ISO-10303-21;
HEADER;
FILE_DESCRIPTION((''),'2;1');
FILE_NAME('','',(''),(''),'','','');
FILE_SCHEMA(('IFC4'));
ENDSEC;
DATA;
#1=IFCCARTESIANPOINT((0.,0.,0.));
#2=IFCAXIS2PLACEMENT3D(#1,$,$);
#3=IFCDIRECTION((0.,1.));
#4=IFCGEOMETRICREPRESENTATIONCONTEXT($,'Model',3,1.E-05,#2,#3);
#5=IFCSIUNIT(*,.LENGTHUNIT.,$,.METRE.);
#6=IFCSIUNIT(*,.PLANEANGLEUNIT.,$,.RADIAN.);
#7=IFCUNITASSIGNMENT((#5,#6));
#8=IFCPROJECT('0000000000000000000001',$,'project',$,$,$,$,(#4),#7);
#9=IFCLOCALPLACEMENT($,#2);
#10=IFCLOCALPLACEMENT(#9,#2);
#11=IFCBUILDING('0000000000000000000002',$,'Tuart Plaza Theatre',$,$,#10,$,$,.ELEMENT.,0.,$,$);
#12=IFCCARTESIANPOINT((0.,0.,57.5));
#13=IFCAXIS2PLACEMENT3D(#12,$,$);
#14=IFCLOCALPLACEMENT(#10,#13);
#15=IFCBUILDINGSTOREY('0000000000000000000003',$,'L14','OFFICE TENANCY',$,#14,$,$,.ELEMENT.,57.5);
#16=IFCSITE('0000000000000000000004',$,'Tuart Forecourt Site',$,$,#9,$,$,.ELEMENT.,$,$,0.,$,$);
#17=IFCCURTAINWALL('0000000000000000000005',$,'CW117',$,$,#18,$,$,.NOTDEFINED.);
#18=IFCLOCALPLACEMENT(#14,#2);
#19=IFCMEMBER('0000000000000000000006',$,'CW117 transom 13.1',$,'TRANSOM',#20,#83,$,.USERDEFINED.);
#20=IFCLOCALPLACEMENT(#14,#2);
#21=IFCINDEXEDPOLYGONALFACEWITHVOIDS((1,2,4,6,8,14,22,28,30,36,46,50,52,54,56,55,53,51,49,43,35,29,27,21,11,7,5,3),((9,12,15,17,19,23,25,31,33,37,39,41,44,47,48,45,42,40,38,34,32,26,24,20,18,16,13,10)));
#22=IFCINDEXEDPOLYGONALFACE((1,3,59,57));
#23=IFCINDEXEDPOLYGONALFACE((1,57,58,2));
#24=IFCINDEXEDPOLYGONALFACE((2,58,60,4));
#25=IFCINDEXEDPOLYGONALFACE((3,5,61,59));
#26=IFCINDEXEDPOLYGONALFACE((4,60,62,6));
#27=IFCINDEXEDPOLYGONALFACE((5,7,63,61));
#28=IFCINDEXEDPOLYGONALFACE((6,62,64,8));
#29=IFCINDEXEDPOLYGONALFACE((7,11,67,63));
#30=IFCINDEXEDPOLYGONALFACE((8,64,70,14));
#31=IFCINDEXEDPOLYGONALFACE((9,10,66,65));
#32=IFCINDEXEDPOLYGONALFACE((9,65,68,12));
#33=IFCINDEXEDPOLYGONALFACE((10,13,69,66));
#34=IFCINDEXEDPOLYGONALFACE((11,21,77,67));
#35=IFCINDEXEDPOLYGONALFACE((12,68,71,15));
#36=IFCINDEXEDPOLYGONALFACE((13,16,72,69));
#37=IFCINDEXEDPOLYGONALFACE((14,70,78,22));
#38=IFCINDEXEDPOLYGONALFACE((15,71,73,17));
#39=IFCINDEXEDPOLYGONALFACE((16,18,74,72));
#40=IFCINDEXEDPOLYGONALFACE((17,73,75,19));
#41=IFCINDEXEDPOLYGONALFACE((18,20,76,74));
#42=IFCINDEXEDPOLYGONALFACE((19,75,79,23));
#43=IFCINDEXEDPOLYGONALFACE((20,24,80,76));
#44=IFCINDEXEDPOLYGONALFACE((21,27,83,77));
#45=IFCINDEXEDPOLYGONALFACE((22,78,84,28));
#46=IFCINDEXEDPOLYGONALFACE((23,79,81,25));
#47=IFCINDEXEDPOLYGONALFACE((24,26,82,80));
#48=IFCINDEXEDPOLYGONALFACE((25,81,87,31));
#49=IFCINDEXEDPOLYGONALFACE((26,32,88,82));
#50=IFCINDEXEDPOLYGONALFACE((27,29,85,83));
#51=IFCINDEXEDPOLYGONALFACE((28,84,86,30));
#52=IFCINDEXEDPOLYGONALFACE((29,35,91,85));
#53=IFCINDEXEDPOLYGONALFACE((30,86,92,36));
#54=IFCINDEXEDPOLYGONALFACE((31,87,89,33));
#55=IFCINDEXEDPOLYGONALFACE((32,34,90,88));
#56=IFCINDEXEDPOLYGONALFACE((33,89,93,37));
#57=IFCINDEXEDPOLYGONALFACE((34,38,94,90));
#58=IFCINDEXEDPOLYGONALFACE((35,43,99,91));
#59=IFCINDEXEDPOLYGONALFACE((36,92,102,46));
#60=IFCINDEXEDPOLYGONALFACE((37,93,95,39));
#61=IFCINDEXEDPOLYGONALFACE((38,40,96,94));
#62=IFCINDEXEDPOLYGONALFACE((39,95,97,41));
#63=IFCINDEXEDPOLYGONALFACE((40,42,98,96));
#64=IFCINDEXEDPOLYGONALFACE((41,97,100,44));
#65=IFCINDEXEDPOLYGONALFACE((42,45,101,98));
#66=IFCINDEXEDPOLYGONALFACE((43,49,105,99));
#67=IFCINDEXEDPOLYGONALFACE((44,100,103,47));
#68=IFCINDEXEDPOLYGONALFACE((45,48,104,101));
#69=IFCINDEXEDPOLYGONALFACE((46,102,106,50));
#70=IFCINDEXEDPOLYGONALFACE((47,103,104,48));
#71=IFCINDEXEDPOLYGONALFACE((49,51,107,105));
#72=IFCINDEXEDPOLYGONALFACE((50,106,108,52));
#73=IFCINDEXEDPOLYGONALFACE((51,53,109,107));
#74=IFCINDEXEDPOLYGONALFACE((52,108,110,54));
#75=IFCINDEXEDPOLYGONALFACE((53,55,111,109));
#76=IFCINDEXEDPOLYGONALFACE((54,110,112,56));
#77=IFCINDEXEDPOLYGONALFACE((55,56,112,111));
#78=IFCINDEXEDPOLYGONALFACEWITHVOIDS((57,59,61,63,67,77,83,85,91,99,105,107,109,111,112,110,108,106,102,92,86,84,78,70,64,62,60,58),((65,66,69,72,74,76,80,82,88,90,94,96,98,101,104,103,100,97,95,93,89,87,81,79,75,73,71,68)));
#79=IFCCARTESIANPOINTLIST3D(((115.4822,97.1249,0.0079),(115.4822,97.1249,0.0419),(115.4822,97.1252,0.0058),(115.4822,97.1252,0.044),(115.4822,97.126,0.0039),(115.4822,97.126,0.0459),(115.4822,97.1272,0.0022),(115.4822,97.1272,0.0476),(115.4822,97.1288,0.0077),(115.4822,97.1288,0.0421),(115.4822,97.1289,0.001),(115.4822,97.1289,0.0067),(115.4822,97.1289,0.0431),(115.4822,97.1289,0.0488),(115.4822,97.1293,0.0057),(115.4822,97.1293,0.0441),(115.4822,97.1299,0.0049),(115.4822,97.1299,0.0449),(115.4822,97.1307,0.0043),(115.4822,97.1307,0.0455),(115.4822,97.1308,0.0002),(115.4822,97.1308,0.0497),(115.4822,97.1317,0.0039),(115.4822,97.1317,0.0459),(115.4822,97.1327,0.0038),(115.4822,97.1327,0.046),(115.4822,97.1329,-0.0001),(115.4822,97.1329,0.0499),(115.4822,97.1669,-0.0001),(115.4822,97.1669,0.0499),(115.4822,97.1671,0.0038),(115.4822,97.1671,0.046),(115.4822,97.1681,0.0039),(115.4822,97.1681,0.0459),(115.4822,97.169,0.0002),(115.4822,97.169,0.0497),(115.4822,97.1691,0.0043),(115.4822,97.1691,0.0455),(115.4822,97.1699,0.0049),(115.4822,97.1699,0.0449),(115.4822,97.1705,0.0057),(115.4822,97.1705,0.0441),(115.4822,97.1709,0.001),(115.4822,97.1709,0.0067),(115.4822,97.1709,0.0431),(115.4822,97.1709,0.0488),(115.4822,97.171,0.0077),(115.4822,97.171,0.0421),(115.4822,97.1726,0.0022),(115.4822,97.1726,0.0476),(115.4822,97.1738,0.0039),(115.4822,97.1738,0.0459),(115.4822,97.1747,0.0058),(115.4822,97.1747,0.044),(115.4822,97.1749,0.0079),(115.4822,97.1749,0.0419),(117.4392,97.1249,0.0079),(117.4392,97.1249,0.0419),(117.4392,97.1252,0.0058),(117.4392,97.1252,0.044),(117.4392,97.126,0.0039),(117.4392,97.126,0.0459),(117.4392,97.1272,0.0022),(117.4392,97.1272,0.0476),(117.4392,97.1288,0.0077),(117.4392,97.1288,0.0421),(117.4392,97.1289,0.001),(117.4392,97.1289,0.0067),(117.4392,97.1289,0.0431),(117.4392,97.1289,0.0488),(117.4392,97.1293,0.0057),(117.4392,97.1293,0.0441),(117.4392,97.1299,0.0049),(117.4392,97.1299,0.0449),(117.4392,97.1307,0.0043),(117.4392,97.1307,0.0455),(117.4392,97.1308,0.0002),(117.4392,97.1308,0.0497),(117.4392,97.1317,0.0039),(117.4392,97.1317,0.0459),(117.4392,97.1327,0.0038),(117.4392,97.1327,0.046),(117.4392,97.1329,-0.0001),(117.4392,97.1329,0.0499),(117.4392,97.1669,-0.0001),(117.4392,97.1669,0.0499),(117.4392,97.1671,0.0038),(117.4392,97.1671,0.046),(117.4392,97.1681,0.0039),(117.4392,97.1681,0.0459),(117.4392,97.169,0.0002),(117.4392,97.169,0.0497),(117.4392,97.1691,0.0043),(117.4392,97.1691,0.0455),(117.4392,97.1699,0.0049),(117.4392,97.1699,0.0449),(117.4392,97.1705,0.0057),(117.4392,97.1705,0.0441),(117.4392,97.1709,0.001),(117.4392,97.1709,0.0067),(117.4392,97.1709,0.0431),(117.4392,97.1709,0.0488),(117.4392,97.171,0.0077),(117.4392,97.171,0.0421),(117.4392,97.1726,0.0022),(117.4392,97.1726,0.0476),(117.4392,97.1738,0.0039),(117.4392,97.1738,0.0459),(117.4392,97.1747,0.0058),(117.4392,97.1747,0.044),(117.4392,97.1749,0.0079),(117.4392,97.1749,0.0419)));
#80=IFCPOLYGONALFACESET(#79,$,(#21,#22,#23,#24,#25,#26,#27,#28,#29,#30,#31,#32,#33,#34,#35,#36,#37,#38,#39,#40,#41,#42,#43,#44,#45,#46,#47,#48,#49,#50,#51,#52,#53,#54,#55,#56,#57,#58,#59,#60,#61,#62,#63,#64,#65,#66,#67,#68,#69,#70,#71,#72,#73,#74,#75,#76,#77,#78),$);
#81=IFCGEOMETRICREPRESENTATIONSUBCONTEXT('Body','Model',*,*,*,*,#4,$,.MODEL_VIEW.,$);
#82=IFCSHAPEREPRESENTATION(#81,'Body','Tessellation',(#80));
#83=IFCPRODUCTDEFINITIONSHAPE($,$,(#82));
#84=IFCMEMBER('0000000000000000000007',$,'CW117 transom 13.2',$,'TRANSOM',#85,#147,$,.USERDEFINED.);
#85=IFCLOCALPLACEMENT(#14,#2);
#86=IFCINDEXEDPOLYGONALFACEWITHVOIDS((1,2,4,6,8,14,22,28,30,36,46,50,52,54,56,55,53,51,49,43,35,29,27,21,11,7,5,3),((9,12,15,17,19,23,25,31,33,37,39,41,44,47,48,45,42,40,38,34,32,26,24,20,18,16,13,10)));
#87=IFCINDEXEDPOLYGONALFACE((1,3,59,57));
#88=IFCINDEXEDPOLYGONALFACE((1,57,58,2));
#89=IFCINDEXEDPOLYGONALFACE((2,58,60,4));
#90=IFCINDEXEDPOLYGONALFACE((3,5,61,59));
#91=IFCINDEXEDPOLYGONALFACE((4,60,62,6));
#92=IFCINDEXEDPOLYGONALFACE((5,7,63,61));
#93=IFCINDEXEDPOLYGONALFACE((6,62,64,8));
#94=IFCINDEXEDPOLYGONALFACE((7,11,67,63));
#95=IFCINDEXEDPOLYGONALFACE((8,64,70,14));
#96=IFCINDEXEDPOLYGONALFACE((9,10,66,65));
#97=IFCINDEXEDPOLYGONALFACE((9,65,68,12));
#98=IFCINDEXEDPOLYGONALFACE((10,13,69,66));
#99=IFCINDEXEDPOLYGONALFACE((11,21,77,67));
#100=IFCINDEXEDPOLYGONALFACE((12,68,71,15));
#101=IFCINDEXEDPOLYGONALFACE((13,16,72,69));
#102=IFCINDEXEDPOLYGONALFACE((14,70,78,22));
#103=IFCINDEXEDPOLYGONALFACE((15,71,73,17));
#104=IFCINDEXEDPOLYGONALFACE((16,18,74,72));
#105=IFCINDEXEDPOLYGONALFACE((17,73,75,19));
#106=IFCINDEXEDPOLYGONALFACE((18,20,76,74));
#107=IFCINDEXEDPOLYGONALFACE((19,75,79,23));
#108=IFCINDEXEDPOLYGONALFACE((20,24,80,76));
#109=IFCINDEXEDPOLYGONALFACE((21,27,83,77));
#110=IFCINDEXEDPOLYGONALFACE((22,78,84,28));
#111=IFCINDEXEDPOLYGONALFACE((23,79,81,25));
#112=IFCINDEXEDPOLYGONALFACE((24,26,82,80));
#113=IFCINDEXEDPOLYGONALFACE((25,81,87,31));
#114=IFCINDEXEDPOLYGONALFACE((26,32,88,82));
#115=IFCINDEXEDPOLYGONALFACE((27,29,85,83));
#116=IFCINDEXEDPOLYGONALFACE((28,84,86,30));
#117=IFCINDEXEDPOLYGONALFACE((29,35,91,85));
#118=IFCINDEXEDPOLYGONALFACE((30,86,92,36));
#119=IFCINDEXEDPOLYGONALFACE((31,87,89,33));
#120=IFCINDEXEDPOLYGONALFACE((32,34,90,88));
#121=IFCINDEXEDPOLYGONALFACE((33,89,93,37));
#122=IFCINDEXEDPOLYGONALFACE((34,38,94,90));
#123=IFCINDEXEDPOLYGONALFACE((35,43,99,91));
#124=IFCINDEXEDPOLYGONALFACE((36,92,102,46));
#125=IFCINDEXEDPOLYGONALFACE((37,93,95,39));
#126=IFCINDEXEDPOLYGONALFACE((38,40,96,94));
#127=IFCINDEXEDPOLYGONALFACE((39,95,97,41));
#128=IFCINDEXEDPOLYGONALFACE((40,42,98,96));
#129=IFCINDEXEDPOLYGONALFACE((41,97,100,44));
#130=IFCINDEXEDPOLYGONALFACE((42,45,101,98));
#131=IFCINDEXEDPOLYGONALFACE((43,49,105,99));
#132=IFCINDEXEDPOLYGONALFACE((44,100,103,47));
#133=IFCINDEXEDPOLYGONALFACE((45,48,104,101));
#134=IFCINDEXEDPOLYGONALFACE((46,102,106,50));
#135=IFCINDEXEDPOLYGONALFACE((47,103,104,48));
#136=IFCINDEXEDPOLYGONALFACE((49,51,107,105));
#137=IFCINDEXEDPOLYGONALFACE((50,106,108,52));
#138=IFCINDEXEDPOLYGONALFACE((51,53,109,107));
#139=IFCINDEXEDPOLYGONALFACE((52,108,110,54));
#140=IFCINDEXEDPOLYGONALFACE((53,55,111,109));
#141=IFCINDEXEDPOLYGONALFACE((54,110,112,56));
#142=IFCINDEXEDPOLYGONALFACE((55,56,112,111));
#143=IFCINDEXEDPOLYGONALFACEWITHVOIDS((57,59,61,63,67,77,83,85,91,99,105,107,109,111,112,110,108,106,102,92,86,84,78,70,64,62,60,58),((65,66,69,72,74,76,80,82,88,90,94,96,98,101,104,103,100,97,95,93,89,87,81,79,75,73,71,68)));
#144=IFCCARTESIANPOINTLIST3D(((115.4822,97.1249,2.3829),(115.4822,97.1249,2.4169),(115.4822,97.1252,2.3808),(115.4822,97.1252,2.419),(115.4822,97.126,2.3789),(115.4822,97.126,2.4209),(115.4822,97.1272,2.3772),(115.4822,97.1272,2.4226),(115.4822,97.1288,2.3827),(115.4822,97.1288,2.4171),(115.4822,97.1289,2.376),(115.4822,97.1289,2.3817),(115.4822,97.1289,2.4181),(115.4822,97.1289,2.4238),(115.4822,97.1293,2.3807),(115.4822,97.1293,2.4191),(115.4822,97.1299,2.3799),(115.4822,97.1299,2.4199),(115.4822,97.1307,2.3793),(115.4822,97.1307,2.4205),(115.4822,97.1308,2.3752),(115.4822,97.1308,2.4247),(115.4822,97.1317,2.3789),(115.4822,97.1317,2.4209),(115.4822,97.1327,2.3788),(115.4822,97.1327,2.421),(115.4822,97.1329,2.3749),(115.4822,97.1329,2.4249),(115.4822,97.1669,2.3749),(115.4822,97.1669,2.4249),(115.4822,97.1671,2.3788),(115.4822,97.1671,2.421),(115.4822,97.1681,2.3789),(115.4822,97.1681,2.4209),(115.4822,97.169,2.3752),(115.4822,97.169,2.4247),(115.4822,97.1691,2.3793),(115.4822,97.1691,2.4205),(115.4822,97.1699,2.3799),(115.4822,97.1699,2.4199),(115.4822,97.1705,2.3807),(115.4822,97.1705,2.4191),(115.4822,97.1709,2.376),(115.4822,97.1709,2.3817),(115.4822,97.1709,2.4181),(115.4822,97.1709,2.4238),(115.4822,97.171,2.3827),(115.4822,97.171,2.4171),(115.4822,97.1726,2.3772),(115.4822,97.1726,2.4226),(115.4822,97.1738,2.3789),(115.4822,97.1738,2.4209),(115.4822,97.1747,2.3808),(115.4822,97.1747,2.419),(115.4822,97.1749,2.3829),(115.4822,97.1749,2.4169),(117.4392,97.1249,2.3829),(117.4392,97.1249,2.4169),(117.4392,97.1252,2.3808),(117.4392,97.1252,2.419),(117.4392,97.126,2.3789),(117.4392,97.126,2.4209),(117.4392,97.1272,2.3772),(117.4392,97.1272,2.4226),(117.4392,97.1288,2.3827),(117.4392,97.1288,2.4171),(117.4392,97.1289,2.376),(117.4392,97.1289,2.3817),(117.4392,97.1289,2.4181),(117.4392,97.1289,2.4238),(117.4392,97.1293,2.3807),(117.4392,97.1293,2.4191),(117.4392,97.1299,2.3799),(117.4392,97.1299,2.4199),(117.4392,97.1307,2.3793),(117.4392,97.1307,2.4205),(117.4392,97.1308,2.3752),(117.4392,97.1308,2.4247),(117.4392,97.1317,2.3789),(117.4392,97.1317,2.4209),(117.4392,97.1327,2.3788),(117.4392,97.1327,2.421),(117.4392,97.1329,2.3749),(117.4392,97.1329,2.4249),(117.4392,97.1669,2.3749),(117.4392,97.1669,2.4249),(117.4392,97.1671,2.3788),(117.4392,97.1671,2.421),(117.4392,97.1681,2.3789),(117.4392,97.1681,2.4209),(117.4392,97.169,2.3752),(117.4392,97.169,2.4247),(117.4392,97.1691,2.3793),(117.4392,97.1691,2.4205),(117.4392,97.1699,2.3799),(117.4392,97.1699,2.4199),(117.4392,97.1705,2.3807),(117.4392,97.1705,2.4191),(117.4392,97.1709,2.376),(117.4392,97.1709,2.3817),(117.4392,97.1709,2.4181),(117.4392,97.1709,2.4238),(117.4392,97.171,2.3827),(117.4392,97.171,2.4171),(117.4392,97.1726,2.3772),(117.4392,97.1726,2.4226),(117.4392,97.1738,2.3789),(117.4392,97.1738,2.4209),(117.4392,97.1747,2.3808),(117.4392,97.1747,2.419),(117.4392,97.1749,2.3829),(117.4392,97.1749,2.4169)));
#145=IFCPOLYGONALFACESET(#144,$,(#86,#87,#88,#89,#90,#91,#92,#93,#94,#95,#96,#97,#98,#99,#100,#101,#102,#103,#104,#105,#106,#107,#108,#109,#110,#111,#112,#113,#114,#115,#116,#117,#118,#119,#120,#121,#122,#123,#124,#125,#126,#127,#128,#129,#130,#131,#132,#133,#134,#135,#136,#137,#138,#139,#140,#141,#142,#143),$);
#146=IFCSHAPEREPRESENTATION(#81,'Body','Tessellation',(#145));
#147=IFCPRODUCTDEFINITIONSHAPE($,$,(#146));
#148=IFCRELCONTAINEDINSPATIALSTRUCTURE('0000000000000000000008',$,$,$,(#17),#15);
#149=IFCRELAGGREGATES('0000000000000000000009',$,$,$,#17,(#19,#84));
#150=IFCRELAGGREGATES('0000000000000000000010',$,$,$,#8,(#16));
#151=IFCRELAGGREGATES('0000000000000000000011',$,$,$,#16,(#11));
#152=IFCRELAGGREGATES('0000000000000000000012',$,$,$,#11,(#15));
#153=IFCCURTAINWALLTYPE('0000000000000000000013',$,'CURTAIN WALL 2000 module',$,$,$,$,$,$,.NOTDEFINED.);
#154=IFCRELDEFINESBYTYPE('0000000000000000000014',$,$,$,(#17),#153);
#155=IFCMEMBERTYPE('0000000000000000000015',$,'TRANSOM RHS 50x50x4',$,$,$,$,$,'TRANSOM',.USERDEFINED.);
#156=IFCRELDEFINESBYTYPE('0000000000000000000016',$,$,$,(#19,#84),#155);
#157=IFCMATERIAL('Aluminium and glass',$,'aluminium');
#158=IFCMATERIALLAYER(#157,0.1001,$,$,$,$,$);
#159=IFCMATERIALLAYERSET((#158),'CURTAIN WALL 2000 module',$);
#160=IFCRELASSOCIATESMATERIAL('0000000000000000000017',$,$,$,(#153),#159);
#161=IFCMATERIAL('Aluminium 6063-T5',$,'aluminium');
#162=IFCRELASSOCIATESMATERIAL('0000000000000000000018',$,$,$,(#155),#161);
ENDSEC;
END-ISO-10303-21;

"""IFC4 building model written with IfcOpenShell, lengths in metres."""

from ifc_helpers import new_model, si_unit, direction, frame, origin, origin_2d, place, context, subcontext, project, spatial, hollow_rectangle, extrude, material, layer, layer_set, material_profile, profile_set, type_object, element, aggregate, save


model = new_model("IFC4")

# Units and contexts
model_context = context("Model", 3, precision=1e-05, world=origin(), true_north=direction((0.0, 1.0)))
body_context = subcontext(model_context, "Body", "Model", "MODEL_VIEW")
ifc_project = project(units=[si_unit("LENGTHUNIT", "METRE"), si_unit("PLANEANGLEUNIT", "RADIAN")], contexts=[model_context])

# Site, building, storey
site_placement = place(None, origin())
site = spatial("IfcSite", under=ifc_project, at=site_placement, Name="Tuart Forecourt Site", CompositionType="ELEMENT", RefElevation=0.0)
building_placement = place(site_placement, origin())
building = spatial("IfcBuilding", under=site, at=building_placement, Name="Tuart Plaza Theatre", CompositionType="ELEMENT", ElevationOfRefHeight=0.0)
storey_placement = place(building_placement, frame((0.0, 0.0, 57.5)))
storey = spatial("IfcBuildingStorey", under=building, at=storey_placement, Name="L14", Description="OFFICE TENANCY", CompositionType="ELEMENT", Elevation=57.5)

# Curtain wall, members
ifc_material_1 = material(Name="Aluminium and glass", Category="aluminium")
ifc_layer_1 = layer(ifc_material_1, 0.1001)
ifc_layer_set_1 = layer_set([ifc_layer_1], Name="CURTAIN WALL 2000 module")
curtain_wall_type = type_object("IfcCurtainWallType", Name="CURTAIN WALL 2000 module", PredefinedType="NOTDEFINED", material=ifc_layer_set_1)
curtain_wall_placement = place(storey_placement, origin())
curtain_wall = element("IfcCurtainWall", 1, at=curtain_wall_placement, inside=storey, type_object=curtain_wall_type, Name="CW117", PredefinedType="NOTDEFINED")
ifc_material_2 = material(Name="Aluminium 6063-T5", Category="aluminium")
ifc_material_profile_1 = material_profile(ifc_material_2, hollow_rectangle(XDim=0.05, YDim=0.05, WallThickness=0.0039, InnerFilletRadius=0.0039, OuterFilletRadius=0.0081, at=origin_2d()), Name="RHS 50x50x4")
ifc_profile_set_1 = profile_set([ifc_material_profile_1], Name="Aluminium 6063-T5")
member_type_1 = type_object("IfcMemberType", Name="TRANSOM RHS 50x50x4", ElementType="TRANSOM", PredefinedType="USERDEFINED", material=ifc_profile_set_1)
member_1_placement = place(storey_placement, frame((117.4392, 97.1499, 0.0249), z_axis=(-1.0, 0.0, 0.0), x_axis=(0.0, -1.0, 0.0)))
member_1 = element("IfcMember", 2, at=member_1_placement, type_object=member_type_1, Name="CW117 transom 13.1", ObjectType="TRANSOM", PredefinedType="USERDEFINED", context=body_context, shape_type="SweptSolid", body=[
    extrude(hollow_rectangle(XDim=0.05, YDim=0.05, WallThickness=0.0039, InnerFilletRadius=0.0039, OuterFilletRadius=0.0081, at=origin_2d()), origin(), (0.0, 0.0, 1.0), 1.957),
])
member_2_placement = place(storey_placement, frame((117.4392, 97.1499, 2.3999), z_axis=(-1.0, 0.0, 0.0), x_axis=(0.0, -1.0, 0.0)))
member_2 = element("IfcMember", 3, at=member_2_placement, type_object=member_type_1, Name="CW117 transom 13.2", ObjectType="TRANSOM", PredefinedType="USERDEFINED", context=body_context, shape_type="SweptSolid", body=[
    extrude(hollow_rectangle(XDim=0.05, YDim=0.05, WallThickness=0.0039, InnerFilletRadius=0.0039, OuterFilletRadius=0.0081, at=origin_2d()), origin(), (0.0, 0.0, 1.0), 1.957),
])
aggregate(curtain_wall, [member_1, member_2])

save(model, "model.ifc")
